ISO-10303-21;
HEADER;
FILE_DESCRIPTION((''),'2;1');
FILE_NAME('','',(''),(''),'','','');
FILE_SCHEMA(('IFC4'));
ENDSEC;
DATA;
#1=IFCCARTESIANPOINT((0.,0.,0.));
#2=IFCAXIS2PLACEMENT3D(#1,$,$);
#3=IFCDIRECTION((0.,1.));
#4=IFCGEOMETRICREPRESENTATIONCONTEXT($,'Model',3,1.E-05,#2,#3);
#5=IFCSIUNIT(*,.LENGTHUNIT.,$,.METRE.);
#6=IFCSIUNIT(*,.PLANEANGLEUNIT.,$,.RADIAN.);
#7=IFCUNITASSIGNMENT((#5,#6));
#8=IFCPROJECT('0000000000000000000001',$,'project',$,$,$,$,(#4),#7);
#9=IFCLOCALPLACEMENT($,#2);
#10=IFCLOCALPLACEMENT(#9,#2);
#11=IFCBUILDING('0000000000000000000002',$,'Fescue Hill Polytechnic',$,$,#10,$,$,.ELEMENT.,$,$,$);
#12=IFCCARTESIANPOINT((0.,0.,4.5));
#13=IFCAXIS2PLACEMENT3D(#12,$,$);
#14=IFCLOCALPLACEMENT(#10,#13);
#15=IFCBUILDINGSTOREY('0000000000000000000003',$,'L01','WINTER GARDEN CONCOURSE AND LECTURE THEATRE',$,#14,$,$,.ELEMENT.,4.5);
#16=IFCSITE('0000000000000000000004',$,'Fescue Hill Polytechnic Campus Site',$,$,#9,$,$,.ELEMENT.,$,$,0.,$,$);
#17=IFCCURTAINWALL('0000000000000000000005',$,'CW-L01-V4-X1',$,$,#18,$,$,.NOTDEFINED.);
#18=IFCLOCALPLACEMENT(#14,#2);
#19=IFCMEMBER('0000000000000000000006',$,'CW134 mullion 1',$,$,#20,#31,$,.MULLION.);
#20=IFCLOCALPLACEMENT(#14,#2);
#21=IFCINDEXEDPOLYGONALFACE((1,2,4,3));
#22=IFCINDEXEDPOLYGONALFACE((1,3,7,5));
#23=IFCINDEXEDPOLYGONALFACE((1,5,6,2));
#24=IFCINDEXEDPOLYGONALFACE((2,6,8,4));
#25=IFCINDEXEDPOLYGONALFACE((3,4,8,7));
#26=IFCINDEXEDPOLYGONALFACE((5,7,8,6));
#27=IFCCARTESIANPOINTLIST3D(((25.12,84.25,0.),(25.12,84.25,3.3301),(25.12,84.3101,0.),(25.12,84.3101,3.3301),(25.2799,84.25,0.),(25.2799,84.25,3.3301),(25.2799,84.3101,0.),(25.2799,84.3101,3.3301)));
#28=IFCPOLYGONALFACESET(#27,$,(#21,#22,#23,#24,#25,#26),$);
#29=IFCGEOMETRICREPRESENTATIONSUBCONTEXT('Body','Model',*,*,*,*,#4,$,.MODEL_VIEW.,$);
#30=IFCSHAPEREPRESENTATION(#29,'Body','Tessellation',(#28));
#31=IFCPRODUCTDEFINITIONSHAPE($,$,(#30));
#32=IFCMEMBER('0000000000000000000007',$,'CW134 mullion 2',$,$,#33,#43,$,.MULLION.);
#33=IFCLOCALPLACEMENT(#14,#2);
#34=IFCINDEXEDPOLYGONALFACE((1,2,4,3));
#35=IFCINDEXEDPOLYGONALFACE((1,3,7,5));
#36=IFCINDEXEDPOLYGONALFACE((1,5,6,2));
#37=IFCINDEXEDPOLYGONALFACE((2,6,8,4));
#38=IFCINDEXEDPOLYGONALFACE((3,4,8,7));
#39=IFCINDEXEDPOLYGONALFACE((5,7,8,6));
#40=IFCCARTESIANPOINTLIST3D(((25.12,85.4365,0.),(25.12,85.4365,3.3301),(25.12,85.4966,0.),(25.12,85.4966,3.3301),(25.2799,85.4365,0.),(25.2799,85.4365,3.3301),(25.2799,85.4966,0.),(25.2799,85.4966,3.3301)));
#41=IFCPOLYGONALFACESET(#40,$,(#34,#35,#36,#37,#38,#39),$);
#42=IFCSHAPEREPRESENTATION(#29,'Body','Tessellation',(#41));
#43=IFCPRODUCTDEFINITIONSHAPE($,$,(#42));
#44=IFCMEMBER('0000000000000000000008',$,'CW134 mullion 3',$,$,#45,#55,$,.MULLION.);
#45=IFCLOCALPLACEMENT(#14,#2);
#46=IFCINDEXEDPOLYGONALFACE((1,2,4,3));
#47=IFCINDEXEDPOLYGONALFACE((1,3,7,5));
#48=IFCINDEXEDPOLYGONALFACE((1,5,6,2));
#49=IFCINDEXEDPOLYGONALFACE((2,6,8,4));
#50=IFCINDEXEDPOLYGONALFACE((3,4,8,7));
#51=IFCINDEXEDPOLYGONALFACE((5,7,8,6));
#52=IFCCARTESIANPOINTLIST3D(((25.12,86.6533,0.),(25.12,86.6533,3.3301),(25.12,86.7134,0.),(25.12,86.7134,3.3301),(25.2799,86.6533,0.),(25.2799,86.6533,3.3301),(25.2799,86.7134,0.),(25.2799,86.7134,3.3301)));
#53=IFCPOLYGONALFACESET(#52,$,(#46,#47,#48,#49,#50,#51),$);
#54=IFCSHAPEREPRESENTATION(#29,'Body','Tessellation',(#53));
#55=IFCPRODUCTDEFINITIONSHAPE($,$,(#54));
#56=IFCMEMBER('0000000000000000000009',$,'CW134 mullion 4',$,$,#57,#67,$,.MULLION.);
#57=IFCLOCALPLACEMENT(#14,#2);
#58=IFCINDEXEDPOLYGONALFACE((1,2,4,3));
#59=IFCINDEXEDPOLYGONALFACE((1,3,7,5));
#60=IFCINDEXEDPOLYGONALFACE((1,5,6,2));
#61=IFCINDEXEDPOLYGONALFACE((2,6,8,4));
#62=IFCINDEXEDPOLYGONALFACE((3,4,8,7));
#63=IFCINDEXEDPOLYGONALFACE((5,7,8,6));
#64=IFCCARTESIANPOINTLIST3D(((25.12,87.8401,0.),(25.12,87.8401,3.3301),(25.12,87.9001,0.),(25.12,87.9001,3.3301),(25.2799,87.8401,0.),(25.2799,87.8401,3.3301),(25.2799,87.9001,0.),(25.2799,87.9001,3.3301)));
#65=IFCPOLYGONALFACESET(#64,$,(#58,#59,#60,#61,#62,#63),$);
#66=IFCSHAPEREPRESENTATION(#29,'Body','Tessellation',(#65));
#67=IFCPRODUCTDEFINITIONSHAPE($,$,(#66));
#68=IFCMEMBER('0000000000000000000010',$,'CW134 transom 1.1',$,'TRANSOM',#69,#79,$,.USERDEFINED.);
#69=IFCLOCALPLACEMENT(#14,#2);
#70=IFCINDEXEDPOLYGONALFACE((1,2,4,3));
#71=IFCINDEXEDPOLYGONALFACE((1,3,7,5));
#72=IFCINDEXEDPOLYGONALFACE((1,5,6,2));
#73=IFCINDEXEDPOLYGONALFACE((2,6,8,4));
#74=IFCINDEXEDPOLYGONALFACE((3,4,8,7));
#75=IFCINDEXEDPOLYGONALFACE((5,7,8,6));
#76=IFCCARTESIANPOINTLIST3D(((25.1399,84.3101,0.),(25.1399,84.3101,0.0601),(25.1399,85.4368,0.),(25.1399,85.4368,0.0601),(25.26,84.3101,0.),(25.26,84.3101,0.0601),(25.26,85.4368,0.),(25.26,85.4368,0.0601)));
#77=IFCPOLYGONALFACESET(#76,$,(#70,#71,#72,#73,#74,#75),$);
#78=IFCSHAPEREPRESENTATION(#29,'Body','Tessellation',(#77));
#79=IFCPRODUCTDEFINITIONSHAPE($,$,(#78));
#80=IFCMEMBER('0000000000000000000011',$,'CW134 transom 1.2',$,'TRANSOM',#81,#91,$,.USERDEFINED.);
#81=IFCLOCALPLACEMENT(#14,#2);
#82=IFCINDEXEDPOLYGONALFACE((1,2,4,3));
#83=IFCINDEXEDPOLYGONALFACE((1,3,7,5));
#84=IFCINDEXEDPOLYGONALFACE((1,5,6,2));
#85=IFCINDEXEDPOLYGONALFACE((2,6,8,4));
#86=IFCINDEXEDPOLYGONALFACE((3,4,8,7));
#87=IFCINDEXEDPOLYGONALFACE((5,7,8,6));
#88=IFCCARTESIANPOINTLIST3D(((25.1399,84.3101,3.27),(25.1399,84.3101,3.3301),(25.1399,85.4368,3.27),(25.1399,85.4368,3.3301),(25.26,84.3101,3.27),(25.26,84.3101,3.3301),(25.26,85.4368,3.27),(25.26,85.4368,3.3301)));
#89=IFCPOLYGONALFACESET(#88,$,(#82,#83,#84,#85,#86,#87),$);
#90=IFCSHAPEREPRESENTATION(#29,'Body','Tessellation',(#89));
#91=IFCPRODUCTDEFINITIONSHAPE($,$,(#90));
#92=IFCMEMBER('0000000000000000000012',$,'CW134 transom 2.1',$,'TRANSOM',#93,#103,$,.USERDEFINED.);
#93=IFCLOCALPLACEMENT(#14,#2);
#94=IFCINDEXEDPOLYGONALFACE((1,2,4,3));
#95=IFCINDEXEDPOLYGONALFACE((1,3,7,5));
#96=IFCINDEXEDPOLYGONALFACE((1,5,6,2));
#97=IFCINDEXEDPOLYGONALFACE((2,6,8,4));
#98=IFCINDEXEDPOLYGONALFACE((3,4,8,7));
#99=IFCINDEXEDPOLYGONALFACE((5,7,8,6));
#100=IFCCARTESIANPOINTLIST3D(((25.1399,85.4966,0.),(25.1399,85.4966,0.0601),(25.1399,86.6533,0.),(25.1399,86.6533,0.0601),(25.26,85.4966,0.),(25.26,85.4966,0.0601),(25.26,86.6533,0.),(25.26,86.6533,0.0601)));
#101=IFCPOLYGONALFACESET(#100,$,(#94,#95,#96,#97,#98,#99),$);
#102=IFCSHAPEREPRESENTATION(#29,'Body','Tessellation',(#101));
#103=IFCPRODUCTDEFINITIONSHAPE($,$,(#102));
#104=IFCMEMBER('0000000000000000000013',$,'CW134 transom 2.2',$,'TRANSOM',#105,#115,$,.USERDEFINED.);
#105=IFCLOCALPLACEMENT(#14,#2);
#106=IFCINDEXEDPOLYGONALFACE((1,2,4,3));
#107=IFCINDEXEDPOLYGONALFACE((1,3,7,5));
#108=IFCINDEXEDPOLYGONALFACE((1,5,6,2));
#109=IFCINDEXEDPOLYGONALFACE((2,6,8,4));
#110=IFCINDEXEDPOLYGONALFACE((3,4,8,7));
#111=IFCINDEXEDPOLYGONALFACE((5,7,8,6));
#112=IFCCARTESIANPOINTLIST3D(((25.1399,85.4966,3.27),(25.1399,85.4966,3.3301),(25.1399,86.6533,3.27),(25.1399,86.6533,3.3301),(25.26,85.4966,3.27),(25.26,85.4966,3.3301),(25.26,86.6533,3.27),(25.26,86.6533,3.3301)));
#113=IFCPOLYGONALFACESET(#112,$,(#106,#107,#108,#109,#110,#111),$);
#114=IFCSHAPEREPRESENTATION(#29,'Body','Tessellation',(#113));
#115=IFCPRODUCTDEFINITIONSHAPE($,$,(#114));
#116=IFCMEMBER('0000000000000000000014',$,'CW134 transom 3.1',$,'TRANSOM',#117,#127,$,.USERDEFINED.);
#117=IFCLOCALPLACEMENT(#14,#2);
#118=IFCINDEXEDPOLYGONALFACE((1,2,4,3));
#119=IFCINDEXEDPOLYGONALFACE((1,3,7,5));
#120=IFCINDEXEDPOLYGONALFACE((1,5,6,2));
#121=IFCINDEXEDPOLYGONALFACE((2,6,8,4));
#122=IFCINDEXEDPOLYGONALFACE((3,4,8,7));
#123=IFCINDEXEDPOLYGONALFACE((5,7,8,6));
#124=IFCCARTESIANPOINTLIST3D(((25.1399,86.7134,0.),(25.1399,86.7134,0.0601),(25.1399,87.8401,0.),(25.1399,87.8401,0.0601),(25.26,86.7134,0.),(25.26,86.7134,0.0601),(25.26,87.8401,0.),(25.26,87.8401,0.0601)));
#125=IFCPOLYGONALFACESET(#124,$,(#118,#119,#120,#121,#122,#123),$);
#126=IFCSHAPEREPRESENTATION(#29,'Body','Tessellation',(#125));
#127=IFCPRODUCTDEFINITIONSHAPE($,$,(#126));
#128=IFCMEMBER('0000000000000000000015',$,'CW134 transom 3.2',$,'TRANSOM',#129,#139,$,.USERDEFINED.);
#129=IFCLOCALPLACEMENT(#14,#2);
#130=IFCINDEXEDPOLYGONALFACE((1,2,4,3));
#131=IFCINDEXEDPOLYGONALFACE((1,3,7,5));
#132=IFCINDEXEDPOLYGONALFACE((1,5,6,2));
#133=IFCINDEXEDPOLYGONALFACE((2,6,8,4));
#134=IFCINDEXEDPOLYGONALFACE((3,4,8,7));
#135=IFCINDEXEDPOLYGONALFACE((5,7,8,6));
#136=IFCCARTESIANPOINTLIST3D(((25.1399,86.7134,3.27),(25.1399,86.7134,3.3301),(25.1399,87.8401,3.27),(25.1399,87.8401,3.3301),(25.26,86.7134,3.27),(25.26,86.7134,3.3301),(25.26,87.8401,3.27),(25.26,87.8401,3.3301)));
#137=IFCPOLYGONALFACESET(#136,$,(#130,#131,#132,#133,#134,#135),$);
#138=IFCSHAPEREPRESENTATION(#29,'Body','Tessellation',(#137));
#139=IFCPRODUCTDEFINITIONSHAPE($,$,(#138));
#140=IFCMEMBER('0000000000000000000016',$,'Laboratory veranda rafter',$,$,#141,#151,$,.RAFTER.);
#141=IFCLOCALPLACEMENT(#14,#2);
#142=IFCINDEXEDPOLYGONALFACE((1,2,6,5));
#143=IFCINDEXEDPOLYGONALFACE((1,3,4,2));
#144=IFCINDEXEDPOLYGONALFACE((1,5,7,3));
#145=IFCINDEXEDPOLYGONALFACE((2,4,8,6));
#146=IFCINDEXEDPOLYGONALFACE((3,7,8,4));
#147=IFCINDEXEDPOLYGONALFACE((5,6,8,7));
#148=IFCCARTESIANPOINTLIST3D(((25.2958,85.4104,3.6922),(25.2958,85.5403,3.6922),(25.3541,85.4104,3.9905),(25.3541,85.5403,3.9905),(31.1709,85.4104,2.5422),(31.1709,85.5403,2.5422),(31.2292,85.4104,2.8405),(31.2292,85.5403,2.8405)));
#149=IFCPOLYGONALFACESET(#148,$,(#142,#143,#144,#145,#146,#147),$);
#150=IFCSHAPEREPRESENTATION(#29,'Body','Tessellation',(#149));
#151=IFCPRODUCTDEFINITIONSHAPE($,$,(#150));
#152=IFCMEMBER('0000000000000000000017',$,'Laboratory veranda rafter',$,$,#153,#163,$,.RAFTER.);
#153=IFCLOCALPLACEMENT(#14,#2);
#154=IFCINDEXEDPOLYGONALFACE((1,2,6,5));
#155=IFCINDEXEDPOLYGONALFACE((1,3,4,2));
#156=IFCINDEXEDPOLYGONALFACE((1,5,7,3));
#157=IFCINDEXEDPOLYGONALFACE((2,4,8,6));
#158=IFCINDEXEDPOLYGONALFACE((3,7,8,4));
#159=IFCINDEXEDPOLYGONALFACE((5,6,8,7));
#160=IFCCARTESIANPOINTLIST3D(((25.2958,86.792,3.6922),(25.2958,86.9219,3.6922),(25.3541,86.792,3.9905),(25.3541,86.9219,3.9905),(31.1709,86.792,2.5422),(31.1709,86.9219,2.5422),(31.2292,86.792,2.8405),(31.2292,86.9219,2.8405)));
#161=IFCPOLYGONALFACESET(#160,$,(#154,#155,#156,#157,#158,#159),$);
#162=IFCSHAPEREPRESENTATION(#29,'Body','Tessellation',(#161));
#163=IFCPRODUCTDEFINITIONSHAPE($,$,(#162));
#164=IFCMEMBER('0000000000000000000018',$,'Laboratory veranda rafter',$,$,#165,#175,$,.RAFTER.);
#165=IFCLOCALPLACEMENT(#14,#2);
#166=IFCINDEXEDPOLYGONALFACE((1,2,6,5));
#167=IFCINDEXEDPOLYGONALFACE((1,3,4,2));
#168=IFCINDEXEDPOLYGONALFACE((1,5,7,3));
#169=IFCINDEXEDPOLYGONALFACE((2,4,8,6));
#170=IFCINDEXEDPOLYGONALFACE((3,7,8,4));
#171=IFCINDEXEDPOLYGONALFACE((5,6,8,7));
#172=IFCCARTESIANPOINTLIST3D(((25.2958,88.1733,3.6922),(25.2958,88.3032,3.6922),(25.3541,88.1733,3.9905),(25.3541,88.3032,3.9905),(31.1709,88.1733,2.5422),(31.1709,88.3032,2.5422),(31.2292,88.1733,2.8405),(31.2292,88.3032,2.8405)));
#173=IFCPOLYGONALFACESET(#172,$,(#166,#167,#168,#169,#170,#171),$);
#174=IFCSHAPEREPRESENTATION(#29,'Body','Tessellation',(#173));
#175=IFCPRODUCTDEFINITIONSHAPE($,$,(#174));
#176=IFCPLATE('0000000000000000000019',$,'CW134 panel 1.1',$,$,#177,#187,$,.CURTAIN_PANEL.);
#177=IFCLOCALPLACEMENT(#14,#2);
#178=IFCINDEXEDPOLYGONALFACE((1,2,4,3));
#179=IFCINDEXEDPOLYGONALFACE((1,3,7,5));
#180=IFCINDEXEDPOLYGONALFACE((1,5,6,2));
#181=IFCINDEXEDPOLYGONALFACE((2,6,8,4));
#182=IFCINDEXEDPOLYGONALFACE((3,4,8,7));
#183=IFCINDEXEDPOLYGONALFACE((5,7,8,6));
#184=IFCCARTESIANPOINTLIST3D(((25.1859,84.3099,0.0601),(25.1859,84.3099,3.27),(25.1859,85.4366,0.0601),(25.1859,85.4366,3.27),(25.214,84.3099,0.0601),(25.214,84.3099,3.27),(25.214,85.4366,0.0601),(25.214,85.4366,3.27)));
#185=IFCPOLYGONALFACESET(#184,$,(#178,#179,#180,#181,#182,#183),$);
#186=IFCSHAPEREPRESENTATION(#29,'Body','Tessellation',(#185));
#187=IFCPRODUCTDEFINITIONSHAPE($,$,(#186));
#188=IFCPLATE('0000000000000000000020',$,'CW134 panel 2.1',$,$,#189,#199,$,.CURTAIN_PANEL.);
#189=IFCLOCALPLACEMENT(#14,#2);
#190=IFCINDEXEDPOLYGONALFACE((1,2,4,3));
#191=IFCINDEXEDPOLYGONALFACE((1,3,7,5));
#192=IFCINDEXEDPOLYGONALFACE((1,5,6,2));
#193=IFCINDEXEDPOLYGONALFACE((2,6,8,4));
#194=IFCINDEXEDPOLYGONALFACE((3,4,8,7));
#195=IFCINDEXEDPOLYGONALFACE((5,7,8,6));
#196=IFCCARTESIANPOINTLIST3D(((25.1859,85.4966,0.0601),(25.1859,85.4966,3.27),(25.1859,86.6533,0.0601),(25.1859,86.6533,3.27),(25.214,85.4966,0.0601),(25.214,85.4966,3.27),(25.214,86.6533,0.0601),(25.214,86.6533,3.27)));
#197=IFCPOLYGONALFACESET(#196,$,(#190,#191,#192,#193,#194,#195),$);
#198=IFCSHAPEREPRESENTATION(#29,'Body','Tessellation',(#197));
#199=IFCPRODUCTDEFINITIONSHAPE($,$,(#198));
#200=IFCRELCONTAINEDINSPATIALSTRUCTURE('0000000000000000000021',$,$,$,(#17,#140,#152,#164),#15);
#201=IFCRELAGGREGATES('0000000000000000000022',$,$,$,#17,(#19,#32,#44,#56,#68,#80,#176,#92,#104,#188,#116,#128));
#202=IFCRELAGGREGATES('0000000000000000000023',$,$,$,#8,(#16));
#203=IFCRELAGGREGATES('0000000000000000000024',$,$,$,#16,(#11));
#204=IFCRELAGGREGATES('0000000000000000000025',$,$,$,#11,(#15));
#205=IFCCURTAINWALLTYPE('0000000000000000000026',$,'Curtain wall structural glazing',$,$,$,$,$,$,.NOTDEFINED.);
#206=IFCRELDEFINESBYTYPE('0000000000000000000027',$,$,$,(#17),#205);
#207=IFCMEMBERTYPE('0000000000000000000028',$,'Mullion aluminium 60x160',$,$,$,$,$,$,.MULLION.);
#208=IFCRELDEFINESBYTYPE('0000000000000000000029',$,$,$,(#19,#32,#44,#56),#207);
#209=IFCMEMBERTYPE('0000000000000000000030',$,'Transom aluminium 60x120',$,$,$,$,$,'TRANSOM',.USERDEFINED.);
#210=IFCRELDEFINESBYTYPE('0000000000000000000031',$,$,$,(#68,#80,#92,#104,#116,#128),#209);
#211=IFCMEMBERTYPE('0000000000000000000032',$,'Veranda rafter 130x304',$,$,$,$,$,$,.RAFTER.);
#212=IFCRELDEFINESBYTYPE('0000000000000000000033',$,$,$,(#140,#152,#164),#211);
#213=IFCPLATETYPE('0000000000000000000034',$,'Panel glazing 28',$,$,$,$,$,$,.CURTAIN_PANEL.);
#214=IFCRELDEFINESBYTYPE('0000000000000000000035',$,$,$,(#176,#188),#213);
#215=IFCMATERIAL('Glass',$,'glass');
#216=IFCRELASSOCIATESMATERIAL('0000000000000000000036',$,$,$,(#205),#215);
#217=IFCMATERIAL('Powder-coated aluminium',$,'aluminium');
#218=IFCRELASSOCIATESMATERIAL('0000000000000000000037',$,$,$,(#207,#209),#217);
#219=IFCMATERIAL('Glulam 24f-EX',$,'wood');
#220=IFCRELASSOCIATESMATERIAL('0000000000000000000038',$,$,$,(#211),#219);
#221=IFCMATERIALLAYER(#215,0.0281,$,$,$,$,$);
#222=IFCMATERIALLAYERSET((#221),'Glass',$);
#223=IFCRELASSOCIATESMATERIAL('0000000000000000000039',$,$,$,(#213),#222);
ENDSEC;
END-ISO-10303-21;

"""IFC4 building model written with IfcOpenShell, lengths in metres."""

from ifc_helpers import new_model, si_unit, direction, frame, origin, origin_2d, place, context, subcontext, project, spatial, rectangle, extrude, material, layer, layer_set, material_profile, profile_set, type_object, element, aggregate, save


model = new_model("IFC4")

# Units and contexts
model_context = context("Model", 3, precision=1e-05, world=origin(), true_north=direction((0.0, 1.0)))
body_context = subcontext(model_context, "Body", "Model", "MODEL_VIEW")
ifc_project = project(units=[si_unit("LENGTHUNIT", "METRE"), si_unit("PLANEANGLEUNIT", "RADIAN")], contexts=[model_context])

# Site, building, storey
site_placement = place(None, origin())
site = spatial("IfcSite", under=ifc_project, at=site_placement, Name="Fescue Hill Polytechnic Campus Site", CompositionType="ELEMENT", RefElevation=0.0)
building_placement = place(site_placement, origin())
building = spatial("IfcBuilding", under=site, at=building_placement, Name="Fescue Hill Polytechnic", CompositionType="ELEMENT")
storey_placement = place(building_placement, frame((0.0, 0.0, 4.5)))
storey = spatial("IfcBuildingStorey", under=building, at=storey_placement, Name="L01", Description="WINTER GARDEN CONCOURSE AND LECTURE THEATRE", CompositionType="ELEMENT", Elevation=4.5)

# Curtain wall, members
ifc_material_1 = material(Name="Glass", Category="glass")
curtain_wall_type = type_object("IfcCurtainWallType", Name="Curtain wall structural glazing", PredefinedType="NOTDEFINED", material=ifc_material_1)
curtain_wall_placement = place(storey_placement, origin())
curtain_wall = element("IfcCurtainWall", 1, at=curtain_wall_placement, inside=storey, type_object=curtain_wall_type, Name="CW-L01-V4-X1", PredefinedType="NOTDEFINED")
ifc_material_2 = material(Name="Powder-coated aluminium", Category="aluminium")
ifc_material_profile_1 = material_profile(ifc_material_2, rectangle(XDim=0.1599, YDim=0.0601, at=origin_2d()), Name="Mullion aluminium 60x160")
ifc_profile_set_1 = profile_set([ifc_material_profile_1], Name="Powder-coated aluminium")
member_type_1 = type_object("IfcMemberType", Name="Mullion aluminium 60x160", PredefinedType="MULLION", material=ifc_profile_set_1)
member_1_placement = place(storey_placement, frame((25.2, 84.28, 0.0), z_axis=(0.0, 0.0, 1.0), x_axis=(-1.0, 0.0, 0.0)))
member_1 = element("IfcMember", 2, at=member_1_placement, type_object=member_type_1, Name="CW134 mullion 1", PredefinedType="MULLION", context=body_context, shape_type="SweptSolid", body=[
    extrude(rectangle(XDim=0.1599, YDim=0.0601, at=origin_2d()), origin(), (0.0, 0.0, 1.0), 3.3301),
])
member_2_placement = place(storey_placement, frame((25.2, 85.4666, 0.0), z_axis=(0.0, 0.0, 1.0), x_axis=(-1.0, 0.0, 0.0)))
member_2 = element("IfcMember", 3, at=member_2_placement, type_object=member_type_1, Name="CW134 mullion 2", PredefinedType="MULLION", context=body_context, shape_type="SweptSolid", body=[
    extrude(rectangle(XDim=0.1599, YDim=0.0601, at=origin_2d()), origin(), (0.0, 0.0, 1.0), 3.3301),
])
member_3_placement = place(storey_placement, frame((25.2, 86.6833, 0.0), z_axis=(0.0, 0.0, 1.0), x_axis=(-1.0, 0.0, 0.0)))
member_3 = element("IfcMember", 4, at=member_3_placement, type_object=member_type_1, Name="CW134 mullion 3", PredefinedType="MULLION", context=body_context, shape_type="SweptSolid", body=[
    extrude(rectangle(XDim=0.1599, YDim=0.0601, at=origin_2d()), origin(), (0.0, 0.0, 1.0), 3.3301),
])
member_4_placement = place(storey_placement, frame((25.2, 87.8701, 0.0), z_axis=(0.0, 0.0, 1.0), x_axis=(-1.0, 0.0, 0.0)))
member_4 = element("IfcMember", 5, at=member_4_placement, type_object=member_type_1, Name="CW134 mullion 4", PredefinedType="MULLION", context=body_context, shape_type="SweptSolid", body=[
    extrude(rectangle(XDim=0.1599, YDim=0.0601, at=origin_2d()), origin(), (0.0, 0.0, 1.0), 3.3301),
])
ifc_material_profile_2 = material_profile(ifc_material_2, rectangle(XDim=0.1201, YDim=0.0601, at=origin_2d()), Name="Transom aluminium 60x120")
ifc_profile_set_2 = profile_set([ifc_material_profile_2], Name="Powder-coated aluminium")
member_type_2 = type_object("IfcMemberType", Name="Transom aluminium 60x120", ElementType="TRANSOM", PredefinedType="USERDEFINED", material=ifc_profile_set_2)
member_5_placement = place(storey_placement, frame((25.2, 84.3101, 0.03), z_axis=(0.0, 1.0, 0.0), x_axis=(-1.0, 0.0, 0.0)))
member_5 = element("IfcMember", 6, at=member_5_placement, type_object=member_type_2, Name="CW134 transom 1.1", ObjectType="TRANSOM", PredefinedType="USERDEFINED", context=body_context, shape_type="SweptSolid", body=[
    extrude(rectangle(XDim=0.1201, YDim=0.0601, at=origin_2d()), origin(), (0.0, 0.0, 1.0), 1.1267),
])
member_6_placement = place(storey_placement, frame((25.2, 84.3101, 3.3), z_axis=(0.0, 1.0, 0.0), x_axis=(-1.0, 0.0, 0.0)))
member_6 = element("IfcMember", 7, at=member_6_placement, type_object=member_type_2, Name="CW134 transom 1.2", ObjectType="TRANSOM", PredefinedType="USERDEFINED", context=body_context, shape_type="SweptSolid", body=[
    extrude(rectangle(XDim=0.1201, YDim=0.0601, at=origin_2d()), origin(), (0.0, 0.0, 1.0), 1.1267),
])
member_7_placement = place(storey_placement, frame((25.2, 85.4966, 0.03), z_axis=(0.0, 1.0, 0.0), x_axis=(-1.0, 0.0, 0.0)))
member_7 = element("IfcMember", 8, at=member_7_placement, type_object=member_type_2, Name="CW134 transom 2.1", ObjectType="TRANSOM", PredefinedType="USERDEFINED", context=body_context, shape_type="SweptSolid", body=[
    extrude(rectangle(XDim=0.1201, YDim=0.0601, at=origin_2d()), origin(), (0.0, 0.0, 1.0), 1.1567),
])
member_8_placement = place(storey_placement, frame((25.2, 85.4966, 3.3), z_axis=(0.0, 1.0, 0.0), x_axis=(-1.0, 0.0, 0.0)))
member_8 = element("IfcMember", 9, at=member_8_placement, type_object=member_type_2, Name="CW134 transom 2.2", ObjectType="TRANSOM", PredefinedType="USERDEFINED", context=body_context, shape_type="SweptSolid", body=[
    extrude(rectangle(XDim=0.1201, YDim=0.0601, at=origin_2d()), origin(), (0.0, 0.0, 1.0), 1.1567),
])
member_9_placement = place(storey_placement, frame((25.2, 86.7134, 0.03), z_axis=(0.0, 1.0, 0.0), x_axis=(-1.0, 0.0, 0.0)))
member_9 = element("IfcMember", 10, at=member_9_placement, type_object=member_type_2, Name="CW134 transom 3.1", ObjectType="TRANSOM", PredefinedType="USERDEFINED", context=body_context, shape_type="SweptSolid", body=[
    extrude(rectangle(XDim=0.1201, YDim=0.0601, at=origin_2d()), origin(), (0.0, 0.0, 1.0), 1.1267),
])
member_10_placement = place(storey_placement, frame((25.2, 86.7134, 3.3), z_axis=(0.0, 1.0, 0.0), x_axis=(-1.0, 0.0, 0.0)))
member_10 = element("IfcMember", 11, at=member_10_placement, type_object=member_type_2, Name="CW134 transom 3.2", ObjectType="TRANSOM", PredefinedType="USERDEFINED", context=body_context, shape_type="SweptSolid", body=[
    extrude(rectangle(XDim=0.1201, YDim=0.0601, at=origin_2d()), origin(), (0.0, 0.0, 1.0), 1.1267),
])

# Members
ifc_material_3 = material(Name="Glulam 24f-EX", Category="wood")
ifc_material_profile_3 = material_profile(ifc_material_3, rectangle(XDim=0.1299, YDim=0.304, at=origin_2d()), Name="Veranda rafter 130x304")
ifc_profile_set_3 = profile_set([ifc_material_profile_3], Name="Glulam 24f-EX")
member_type_3 = type_object("IfcMemberType", Name="Veranda rafter 130x304", PredefinedType="RAFTER", material=ifc_profile_set_3)
for number, where, z_axis, x_axis, name in (
    (12, (25.325, 85.4753, 3.8413), (0.981379, 0.0, -0.192083), (0.0, 1.0, 0.0), "Laboratory veranda rafter"),
    (13, (25.325, 86.8569, 3.8413), (0.981379, 0.0, -0.192083), (0.0, 1.0, 0.0), "Laboratory veranda rafter"),
    (14, (25.325, 88.2383, 3.8413), (0.981379, 0.0, -0.192083), (0.0, 1.0, 0.0), "Laboratory veranda rafter"),
):
    element("IfcMember", number, at=place(storey_placement, frame(where, z_axis=z_axis, x_axis=x_axis)), inside=storey, type_object=member_type_3, Name=name, PredefinedType="RAFTER", context=body_context, shape_type="SweptSolid", body=[
        extrude(rectangle(XDim=0.1299, YDim=0.304, at=origin_2d()), origin(), (0.0, 0.0, 1.0), 5.9866),
    ])

# Plates
ifc_layer_1 = layer(ifc_material_1, 0.0281)
ifc_layer_set_1 = layer_set([ifc_layer_1], Name="Glass")
plate_type = type_object("IfcPlateType", Name="Panel glazing 28", PredefinedType="CURTAIN_PANEL", material=ifc_layer_set_1)
plate_1_placement = place(storey_placement, frame((25.2, 84.8733, 0.0601), z_axis=(0.0, 0.0, 1.0), x_axis=(0.0, 1.0, 0.0)))
plate_1 = element("IfcPlate", 15, at=plate_1_placement, type_object=plate_type, Name="CW134 panel 1.1", PredefinedType="CURTAIN_PANEL", context=body_context, shape_type="SweptSolid", body=[
    extrude(rectangle(XDim=1.1267, YDim=0.0281, at=origin_2d()), origin(), (0.0, 0.0, 1.0), 3.21),
])
plate_2_placement = place(storey_placement, frame((25.2, 86.075, 0.0601), z_axis=(0.0, 0.0, 1.0), x_axis=(0.0, 1.0, 0.0)))
plate_2 = element("IfcPlate", 16, at=plate_2_placement, type_object=plate_type, Name="CW134 panel 2.1", PredefinedType="CURTAIN_PANEL", context=body_context, shape_type="SweptSolid", body=[
    extrude(rectangle(XDim=1.1567, YDim=0.0281, at=origin_2d()), origin(), (0.0, 0.0, 1.0), 3.21),
])
aggregate(curtain_wall, [member_1, member_2, member_3, member_4, member_5, member_6, plate_1, member_7, member_8, plate_2, member_9, member_10])

save(model, "model.ifc")
